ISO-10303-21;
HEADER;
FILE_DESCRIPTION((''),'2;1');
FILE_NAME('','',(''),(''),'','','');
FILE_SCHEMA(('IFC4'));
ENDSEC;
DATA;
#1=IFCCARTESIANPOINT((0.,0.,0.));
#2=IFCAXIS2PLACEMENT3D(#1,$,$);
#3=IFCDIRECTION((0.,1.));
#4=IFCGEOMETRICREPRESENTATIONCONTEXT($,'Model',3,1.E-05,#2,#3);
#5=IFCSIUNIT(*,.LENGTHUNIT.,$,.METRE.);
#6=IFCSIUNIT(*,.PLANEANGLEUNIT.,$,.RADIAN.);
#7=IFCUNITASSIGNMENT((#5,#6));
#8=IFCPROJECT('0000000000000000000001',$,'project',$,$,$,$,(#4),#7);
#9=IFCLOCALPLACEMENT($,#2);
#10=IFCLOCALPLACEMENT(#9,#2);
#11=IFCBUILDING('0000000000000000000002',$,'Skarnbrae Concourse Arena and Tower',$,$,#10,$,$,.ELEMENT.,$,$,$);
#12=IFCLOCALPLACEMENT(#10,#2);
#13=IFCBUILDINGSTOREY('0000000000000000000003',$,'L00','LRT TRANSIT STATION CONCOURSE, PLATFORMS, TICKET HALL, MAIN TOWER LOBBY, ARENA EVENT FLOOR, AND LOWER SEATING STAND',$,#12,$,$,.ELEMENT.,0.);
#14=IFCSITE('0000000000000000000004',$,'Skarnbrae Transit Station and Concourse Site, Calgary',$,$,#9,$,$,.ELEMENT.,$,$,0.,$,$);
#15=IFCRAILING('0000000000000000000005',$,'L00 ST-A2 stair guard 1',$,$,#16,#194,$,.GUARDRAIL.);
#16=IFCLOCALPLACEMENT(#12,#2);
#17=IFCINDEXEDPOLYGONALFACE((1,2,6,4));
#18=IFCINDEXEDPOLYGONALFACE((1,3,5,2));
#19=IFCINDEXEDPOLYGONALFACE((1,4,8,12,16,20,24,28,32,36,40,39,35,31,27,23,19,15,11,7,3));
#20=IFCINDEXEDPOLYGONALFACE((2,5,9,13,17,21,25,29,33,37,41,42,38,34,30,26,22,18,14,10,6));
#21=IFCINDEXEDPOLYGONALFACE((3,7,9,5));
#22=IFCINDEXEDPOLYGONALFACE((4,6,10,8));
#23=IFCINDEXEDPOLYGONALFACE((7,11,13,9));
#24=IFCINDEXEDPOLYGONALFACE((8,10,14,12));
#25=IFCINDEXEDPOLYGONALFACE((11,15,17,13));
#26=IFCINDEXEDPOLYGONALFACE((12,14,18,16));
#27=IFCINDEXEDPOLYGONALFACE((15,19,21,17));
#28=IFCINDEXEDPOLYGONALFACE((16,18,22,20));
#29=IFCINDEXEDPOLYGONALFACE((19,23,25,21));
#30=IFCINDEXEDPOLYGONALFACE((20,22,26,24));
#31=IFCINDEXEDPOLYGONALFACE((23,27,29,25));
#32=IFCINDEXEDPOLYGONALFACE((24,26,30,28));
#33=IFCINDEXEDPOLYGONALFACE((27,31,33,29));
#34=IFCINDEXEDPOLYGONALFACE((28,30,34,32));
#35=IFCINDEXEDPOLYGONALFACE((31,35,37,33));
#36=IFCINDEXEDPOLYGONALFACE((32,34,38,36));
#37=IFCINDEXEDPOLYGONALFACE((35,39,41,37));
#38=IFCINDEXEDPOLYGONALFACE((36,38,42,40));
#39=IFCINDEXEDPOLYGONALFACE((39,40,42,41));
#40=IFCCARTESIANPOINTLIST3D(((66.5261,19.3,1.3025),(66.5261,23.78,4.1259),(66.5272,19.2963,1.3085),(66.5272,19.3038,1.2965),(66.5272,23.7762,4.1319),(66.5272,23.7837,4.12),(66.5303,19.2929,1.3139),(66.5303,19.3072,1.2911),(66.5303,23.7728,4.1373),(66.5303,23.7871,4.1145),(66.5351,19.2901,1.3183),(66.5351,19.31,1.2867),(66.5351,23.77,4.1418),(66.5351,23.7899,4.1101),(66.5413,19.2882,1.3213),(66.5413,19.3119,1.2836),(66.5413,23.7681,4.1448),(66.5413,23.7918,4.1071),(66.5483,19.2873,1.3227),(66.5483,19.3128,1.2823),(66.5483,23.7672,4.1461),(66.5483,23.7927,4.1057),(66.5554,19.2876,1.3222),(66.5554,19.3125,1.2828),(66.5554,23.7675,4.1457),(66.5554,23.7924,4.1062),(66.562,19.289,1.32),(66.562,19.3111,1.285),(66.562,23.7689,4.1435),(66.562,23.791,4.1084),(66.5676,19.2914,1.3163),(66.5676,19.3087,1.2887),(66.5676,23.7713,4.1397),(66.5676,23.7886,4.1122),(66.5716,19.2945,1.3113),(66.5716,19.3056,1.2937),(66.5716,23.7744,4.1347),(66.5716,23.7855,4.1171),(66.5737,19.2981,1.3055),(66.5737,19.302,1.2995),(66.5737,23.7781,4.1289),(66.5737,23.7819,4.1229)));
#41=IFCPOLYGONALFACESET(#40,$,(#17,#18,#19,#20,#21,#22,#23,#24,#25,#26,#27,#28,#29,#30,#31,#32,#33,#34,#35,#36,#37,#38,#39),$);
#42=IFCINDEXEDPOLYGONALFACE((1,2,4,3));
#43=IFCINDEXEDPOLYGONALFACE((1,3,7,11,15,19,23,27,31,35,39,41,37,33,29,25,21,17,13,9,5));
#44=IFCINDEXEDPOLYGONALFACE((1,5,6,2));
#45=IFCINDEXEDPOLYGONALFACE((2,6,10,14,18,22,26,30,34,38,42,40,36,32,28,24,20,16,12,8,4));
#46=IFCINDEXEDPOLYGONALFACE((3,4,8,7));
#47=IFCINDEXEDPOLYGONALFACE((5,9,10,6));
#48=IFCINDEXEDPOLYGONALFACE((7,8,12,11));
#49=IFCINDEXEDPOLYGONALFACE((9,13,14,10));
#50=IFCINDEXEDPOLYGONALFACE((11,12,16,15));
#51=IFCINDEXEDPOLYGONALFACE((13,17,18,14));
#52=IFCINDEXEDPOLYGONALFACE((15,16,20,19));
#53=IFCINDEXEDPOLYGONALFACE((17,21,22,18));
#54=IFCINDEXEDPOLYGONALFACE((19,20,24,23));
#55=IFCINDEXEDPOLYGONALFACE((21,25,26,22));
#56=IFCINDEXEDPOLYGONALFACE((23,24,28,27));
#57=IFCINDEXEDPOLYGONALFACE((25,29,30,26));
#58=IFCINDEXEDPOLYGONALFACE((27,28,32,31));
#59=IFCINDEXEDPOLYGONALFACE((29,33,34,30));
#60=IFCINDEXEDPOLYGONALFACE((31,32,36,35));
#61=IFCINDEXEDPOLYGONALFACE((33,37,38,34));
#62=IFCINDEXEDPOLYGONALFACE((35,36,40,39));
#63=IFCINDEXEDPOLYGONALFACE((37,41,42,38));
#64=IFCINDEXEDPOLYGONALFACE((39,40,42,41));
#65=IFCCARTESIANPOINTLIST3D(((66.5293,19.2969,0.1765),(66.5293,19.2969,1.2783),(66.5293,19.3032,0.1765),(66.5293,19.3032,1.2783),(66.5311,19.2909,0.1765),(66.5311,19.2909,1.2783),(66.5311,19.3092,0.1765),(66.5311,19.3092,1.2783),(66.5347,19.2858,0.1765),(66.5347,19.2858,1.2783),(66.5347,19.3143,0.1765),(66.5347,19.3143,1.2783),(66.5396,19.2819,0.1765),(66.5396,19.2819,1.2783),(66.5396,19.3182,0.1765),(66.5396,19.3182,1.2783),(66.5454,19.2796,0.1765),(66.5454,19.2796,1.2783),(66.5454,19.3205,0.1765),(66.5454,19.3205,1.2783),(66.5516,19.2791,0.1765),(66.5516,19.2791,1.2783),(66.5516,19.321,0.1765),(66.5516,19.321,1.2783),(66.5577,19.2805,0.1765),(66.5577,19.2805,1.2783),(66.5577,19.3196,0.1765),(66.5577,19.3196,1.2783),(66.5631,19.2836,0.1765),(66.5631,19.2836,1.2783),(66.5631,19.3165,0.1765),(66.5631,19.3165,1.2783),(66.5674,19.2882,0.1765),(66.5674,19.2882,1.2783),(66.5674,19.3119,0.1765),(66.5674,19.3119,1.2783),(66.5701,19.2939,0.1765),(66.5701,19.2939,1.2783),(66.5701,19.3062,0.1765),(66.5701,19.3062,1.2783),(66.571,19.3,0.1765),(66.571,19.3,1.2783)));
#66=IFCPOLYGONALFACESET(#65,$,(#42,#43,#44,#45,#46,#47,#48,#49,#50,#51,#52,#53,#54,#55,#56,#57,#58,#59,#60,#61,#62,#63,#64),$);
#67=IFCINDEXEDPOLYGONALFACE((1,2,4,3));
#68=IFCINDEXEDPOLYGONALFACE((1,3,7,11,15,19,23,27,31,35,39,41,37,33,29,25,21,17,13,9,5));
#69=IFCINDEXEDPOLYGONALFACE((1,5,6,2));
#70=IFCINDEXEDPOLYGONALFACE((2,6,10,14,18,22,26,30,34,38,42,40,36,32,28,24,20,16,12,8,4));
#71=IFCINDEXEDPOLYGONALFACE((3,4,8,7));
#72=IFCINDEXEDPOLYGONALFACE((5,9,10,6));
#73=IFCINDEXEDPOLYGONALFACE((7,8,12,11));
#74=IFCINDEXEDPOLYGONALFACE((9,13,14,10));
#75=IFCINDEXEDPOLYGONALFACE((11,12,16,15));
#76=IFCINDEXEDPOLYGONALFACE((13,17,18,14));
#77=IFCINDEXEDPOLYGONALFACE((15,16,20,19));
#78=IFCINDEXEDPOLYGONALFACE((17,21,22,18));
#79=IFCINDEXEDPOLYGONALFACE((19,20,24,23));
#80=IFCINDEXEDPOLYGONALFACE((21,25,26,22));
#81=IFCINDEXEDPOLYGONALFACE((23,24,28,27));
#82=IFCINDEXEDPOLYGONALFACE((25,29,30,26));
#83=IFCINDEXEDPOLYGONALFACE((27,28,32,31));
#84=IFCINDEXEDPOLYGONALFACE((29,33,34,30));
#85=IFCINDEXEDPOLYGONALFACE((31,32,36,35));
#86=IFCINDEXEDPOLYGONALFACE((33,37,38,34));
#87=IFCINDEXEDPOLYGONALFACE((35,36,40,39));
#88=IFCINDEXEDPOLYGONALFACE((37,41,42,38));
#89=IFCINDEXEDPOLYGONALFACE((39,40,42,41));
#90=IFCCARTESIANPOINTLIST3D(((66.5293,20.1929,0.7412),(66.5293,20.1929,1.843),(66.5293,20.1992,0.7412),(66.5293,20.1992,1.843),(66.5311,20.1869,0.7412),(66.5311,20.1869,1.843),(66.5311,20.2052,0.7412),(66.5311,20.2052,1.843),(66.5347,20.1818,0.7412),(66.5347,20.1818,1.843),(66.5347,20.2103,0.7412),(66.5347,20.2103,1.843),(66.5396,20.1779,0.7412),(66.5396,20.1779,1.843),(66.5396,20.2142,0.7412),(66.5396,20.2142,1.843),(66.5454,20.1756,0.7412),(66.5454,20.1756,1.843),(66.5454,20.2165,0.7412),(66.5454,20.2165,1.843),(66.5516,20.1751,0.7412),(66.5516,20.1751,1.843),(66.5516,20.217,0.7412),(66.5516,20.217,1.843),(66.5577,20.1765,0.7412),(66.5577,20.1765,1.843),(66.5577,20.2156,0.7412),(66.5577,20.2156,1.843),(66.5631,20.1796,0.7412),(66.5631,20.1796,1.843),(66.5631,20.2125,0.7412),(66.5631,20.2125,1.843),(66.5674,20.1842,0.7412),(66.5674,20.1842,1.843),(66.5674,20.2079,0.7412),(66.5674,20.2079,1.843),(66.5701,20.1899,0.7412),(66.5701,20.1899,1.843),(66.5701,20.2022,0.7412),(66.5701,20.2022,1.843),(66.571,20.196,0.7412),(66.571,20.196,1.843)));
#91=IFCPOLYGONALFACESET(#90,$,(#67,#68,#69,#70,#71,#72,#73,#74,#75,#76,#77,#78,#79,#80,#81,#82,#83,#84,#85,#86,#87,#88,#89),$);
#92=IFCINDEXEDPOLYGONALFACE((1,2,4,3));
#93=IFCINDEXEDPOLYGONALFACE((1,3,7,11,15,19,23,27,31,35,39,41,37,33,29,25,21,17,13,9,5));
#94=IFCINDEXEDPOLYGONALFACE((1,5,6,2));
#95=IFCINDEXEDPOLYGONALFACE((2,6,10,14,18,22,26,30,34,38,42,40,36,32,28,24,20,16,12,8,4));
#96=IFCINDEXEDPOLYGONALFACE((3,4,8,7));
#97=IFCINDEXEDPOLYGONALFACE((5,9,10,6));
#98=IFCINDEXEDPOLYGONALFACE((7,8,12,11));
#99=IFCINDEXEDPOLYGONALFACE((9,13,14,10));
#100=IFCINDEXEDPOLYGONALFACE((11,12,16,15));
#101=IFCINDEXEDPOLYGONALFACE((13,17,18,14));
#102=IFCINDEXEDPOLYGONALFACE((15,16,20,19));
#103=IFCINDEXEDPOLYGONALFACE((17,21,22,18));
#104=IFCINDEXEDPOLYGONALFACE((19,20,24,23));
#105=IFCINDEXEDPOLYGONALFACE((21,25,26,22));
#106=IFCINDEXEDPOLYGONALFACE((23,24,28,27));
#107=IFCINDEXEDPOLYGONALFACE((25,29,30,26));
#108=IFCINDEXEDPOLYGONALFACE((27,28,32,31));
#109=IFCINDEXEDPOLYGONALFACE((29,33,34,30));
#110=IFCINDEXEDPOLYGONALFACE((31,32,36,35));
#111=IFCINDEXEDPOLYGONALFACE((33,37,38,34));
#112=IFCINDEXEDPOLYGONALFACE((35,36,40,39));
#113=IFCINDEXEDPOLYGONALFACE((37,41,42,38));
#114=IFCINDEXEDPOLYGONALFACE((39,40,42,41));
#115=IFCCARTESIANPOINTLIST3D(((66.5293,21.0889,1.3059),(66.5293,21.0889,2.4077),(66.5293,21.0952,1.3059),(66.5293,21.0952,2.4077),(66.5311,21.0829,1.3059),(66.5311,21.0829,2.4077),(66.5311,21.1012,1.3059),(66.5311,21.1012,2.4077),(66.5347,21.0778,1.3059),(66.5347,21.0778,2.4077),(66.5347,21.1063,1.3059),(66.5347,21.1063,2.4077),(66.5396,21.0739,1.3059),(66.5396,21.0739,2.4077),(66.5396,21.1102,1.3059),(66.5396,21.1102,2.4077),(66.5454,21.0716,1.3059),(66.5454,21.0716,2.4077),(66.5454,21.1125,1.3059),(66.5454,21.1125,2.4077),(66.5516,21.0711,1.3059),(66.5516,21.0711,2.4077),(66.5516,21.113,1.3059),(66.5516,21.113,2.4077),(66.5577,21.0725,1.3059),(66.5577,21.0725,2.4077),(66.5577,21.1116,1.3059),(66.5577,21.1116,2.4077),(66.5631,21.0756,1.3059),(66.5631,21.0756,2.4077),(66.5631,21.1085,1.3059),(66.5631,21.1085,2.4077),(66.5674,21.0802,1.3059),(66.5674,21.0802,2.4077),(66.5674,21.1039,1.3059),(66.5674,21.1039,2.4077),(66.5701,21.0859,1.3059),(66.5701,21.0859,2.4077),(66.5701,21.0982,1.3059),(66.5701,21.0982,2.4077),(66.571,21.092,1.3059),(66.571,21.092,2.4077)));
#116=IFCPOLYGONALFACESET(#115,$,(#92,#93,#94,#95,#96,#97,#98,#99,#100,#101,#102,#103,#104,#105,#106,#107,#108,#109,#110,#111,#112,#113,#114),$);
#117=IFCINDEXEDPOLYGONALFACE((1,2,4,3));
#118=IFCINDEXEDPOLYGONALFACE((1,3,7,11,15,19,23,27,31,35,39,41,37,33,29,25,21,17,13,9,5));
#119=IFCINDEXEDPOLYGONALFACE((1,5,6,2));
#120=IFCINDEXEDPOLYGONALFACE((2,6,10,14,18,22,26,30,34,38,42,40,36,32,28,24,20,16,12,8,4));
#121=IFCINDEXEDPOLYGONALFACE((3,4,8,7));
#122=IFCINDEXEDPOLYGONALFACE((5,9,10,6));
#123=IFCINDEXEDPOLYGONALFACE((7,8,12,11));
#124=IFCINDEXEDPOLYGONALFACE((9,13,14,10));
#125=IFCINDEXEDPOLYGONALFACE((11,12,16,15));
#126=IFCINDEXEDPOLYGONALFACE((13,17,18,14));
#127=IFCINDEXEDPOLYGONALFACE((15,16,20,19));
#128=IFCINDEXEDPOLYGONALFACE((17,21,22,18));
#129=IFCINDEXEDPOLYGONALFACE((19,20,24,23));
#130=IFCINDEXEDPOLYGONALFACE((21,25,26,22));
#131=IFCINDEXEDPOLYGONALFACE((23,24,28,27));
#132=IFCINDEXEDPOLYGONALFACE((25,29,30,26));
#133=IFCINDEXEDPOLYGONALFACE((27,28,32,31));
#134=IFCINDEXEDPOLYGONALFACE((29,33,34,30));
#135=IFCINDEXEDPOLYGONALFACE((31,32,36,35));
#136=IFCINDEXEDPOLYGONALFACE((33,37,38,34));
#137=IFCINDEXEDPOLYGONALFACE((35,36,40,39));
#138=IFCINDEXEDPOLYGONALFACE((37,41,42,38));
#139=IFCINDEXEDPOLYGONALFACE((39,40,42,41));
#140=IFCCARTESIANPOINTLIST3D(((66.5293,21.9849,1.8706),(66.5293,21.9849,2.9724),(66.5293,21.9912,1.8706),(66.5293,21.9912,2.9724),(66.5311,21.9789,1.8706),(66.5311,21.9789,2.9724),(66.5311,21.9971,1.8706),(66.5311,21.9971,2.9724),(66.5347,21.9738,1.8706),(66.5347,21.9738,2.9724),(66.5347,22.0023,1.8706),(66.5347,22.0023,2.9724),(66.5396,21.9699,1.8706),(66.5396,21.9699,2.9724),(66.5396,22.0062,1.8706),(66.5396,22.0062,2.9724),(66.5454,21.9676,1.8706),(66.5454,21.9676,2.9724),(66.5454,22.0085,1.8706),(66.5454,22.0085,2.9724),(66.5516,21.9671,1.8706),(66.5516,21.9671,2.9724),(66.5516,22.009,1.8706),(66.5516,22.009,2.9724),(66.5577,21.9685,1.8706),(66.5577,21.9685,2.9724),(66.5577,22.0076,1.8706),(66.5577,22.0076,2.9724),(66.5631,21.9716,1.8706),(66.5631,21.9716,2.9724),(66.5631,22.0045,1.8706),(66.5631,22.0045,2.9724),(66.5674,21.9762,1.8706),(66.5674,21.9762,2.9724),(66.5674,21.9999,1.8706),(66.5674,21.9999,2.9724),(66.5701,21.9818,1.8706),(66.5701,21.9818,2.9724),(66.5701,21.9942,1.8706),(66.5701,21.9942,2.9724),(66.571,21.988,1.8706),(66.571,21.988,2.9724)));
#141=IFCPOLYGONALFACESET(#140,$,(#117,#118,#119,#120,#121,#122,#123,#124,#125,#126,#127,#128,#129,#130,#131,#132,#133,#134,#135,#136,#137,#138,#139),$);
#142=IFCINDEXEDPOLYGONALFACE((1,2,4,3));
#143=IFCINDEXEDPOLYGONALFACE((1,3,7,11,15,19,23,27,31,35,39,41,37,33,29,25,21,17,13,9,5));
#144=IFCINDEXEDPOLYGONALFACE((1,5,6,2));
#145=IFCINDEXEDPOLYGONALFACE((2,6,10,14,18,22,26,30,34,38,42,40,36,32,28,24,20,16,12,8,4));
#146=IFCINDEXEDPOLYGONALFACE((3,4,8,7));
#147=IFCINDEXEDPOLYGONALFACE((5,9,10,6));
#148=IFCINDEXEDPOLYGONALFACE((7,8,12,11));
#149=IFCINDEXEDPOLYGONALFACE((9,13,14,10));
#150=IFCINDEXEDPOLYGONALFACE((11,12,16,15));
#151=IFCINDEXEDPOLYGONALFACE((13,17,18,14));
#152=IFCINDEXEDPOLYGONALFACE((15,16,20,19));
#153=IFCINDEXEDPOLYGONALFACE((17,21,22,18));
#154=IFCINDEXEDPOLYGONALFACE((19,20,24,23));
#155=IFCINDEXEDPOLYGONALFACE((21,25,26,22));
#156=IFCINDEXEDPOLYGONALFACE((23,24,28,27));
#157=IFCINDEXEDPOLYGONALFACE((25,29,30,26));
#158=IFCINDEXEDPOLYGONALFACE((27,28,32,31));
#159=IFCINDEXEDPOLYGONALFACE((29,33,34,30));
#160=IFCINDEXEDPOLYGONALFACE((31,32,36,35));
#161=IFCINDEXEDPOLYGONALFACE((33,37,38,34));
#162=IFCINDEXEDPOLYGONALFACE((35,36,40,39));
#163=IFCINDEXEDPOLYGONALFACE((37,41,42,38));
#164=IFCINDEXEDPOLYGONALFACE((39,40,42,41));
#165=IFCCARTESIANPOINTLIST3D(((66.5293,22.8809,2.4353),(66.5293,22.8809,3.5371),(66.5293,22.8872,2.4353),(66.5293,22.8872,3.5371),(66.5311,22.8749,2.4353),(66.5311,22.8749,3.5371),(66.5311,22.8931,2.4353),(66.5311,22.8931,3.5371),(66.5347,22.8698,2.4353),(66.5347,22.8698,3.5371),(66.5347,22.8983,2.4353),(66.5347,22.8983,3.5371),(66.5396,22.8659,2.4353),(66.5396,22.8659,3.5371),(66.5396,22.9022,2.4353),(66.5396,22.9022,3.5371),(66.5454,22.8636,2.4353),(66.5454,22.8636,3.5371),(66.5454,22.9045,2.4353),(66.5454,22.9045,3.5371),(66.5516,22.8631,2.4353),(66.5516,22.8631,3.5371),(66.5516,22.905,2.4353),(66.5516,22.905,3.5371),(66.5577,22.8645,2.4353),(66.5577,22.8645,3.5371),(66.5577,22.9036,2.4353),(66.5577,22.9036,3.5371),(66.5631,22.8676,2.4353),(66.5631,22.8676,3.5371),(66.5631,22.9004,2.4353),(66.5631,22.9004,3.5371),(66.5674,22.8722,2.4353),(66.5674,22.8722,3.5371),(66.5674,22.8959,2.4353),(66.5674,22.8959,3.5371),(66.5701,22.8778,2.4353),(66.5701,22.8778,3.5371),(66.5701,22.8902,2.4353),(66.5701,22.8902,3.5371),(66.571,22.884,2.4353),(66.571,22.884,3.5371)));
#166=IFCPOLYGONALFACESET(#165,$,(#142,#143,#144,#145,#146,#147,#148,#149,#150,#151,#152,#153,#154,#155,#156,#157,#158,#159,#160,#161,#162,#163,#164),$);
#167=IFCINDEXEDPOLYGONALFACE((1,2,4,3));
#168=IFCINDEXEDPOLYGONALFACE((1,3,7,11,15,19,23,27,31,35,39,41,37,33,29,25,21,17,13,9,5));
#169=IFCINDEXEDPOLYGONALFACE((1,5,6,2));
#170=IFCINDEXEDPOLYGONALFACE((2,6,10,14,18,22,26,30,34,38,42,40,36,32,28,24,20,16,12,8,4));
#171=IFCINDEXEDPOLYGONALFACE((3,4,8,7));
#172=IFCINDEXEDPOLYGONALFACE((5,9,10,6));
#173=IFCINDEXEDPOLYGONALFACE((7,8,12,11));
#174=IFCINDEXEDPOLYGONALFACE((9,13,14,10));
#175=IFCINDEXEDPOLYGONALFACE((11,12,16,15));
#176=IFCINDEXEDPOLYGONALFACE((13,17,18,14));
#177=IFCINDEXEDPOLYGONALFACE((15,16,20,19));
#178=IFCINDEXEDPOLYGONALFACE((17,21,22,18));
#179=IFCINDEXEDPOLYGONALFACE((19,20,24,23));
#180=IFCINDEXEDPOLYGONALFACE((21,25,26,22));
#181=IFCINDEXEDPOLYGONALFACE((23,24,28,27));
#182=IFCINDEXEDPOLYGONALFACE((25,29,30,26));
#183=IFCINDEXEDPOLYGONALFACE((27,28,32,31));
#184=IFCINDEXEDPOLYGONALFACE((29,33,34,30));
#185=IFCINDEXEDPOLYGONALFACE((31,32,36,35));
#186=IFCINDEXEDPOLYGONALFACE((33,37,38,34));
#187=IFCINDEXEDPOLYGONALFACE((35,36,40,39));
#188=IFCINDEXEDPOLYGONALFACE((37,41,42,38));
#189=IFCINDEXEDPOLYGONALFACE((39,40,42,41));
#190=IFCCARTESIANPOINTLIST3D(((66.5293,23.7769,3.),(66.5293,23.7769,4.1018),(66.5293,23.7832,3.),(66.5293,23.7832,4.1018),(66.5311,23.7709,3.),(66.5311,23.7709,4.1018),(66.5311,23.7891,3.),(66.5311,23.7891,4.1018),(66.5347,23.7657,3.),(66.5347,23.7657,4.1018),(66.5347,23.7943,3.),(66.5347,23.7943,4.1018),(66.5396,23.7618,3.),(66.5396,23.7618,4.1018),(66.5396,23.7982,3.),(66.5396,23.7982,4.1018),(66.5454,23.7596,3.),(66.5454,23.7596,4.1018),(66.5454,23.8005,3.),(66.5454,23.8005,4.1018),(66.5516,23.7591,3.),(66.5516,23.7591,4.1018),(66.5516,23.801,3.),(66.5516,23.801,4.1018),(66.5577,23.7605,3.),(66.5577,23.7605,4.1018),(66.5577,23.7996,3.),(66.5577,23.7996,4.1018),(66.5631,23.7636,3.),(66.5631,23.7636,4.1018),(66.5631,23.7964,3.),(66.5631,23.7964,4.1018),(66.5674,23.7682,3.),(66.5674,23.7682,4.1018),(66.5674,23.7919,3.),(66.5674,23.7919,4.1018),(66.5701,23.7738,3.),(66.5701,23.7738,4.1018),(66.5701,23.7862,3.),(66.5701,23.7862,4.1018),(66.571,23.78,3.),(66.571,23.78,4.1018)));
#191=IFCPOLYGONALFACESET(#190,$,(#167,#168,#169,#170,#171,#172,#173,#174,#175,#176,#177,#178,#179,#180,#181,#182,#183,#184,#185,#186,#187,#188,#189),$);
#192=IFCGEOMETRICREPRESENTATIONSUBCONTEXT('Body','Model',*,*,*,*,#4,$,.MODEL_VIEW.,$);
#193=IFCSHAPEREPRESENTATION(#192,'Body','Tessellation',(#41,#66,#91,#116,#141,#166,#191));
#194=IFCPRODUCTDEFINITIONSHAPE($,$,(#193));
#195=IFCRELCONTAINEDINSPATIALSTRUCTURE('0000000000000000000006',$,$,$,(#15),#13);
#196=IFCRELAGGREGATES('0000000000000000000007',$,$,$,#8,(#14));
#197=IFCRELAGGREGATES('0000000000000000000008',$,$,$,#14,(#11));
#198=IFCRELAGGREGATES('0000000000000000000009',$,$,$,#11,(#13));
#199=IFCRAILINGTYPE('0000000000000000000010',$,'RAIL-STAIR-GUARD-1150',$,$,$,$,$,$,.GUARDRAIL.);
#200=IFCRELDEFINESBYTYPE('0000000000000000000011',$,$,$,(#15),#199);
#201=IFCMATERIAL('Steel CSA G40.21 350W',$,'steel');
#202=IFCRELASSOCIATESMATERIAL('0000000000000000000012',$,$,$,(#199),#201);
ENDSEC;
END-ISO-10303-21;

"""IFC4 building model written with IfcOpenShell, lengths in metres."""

from ifc_helpers import new_model, si_unit, direction, frame, origin, origin_2d, place, context, subcontext, project, spatial, circle, extrude, material, type_object, element, save


model = new_model("IFC4")

# Units and contexts
model_context = context("Model", 3, precision=1e-05, world=origin(), true_north=direction((0.0, 1.0)))
body_context = subcontext(model_context, "Body", "Model", "MODEL_VIEW")
ifc_project = project(units=[si_unit("LENGTHUNIT", "METRE"), si_unit("PLANEANGLEUNIT", "RADIAN")], contexts=[model_context])

# Site, building, storey
site_placement = place(None, origin())
site = spatial("IfcSite", under=ifc_project, at=site_placement, Name="Skarnbrae Transit Station and Concourse Site, Calgary", CompositionType="ELEMENT", RefElevation=0.0)
building_placement = place(site_placement, origin())
building = spatial("IfcBuilding", under=site, at=building_placement, Name="Skarnbrae Concourse Arena and Tower", CompositionType="ELEMENT")
storey_placement = place(building_placement, origin())
storey = spatial("IfcBuildingStorey", under=building, at=storey_placement, Name="L00", Description="LRT TRANSIT STATION CONCOURSE, PLATFORMS, TICKET HALL, MAIN TOWER LOBBY, ARENA EVENT FLOOR, AND LOWER SEATING STAND", CompositionType="ELEMENT", Elevation=0.0)

# Shared definitions
ifc_material_1 = material(Name="Steel CSA G40.21 350W", Category="steel")

# Railing
railing_type_1 = type_object("IfcRailingType", Name="RAIL-STAIR-GUARD-1150", PredefinedType="GUARDRAIL", material=ifc_material_1)
railing_1_placement = place(storey_placement, frame((66.55, 19.3, 0.1765)))
element("IfcRailing", 1, at=railing_1_placement, inside=storey, type_object=railing_type_1, Name="L00 ST-A2 stair guard 1", PredefinedType="GUARDRAIL", context=body_context, shape_type="SweptSolid", body=[
    extrude(circle(Radius=0.0239, at=origin_2d()), frame((0.0, 0.0, 1.126), z_axis=(0.0, 0.845998, 0.533186), x_axis=(-1.0, 0.0, 0.0)), (0.0, 0.0, 1.0), 5.2954),
    extrude(circle(Radius=0.021, at=origin_2d()), origin(), (0.0, 0.0, 1.0), 1.1018),
    extrude(circle(Radius=0.021, at=origin_2d()), frame((0.0, 0.896, 0.5647)), (0.0, 0.0, 1.0), 1.1018),
    extrude(circle(Radius=0.021, at=origin_2d()), frame((0.0, 1.792, 1.1294)), (0.0, 0.0, 1.0), 1.1018),
    extrude(circle(Radius=0.021, at=origin_2d()), frame((0.0, 2.688, 1.6941)), (0.0, 0.0, 1.0), 1.1018),
    extrude(circle(Radius=0.021, at=origin_2d()), frame((0.0, 3.584, 2.2588)), (0.0, 0.0, 1.0), 1.1018),
    extrude(circle(Radius=0.021, at=origin_2d()), frame((0.0, 4.48, 2.8235)), (0.0, 0.0, 1.0), 1.1018),
])

save(model, "model.ifc")
